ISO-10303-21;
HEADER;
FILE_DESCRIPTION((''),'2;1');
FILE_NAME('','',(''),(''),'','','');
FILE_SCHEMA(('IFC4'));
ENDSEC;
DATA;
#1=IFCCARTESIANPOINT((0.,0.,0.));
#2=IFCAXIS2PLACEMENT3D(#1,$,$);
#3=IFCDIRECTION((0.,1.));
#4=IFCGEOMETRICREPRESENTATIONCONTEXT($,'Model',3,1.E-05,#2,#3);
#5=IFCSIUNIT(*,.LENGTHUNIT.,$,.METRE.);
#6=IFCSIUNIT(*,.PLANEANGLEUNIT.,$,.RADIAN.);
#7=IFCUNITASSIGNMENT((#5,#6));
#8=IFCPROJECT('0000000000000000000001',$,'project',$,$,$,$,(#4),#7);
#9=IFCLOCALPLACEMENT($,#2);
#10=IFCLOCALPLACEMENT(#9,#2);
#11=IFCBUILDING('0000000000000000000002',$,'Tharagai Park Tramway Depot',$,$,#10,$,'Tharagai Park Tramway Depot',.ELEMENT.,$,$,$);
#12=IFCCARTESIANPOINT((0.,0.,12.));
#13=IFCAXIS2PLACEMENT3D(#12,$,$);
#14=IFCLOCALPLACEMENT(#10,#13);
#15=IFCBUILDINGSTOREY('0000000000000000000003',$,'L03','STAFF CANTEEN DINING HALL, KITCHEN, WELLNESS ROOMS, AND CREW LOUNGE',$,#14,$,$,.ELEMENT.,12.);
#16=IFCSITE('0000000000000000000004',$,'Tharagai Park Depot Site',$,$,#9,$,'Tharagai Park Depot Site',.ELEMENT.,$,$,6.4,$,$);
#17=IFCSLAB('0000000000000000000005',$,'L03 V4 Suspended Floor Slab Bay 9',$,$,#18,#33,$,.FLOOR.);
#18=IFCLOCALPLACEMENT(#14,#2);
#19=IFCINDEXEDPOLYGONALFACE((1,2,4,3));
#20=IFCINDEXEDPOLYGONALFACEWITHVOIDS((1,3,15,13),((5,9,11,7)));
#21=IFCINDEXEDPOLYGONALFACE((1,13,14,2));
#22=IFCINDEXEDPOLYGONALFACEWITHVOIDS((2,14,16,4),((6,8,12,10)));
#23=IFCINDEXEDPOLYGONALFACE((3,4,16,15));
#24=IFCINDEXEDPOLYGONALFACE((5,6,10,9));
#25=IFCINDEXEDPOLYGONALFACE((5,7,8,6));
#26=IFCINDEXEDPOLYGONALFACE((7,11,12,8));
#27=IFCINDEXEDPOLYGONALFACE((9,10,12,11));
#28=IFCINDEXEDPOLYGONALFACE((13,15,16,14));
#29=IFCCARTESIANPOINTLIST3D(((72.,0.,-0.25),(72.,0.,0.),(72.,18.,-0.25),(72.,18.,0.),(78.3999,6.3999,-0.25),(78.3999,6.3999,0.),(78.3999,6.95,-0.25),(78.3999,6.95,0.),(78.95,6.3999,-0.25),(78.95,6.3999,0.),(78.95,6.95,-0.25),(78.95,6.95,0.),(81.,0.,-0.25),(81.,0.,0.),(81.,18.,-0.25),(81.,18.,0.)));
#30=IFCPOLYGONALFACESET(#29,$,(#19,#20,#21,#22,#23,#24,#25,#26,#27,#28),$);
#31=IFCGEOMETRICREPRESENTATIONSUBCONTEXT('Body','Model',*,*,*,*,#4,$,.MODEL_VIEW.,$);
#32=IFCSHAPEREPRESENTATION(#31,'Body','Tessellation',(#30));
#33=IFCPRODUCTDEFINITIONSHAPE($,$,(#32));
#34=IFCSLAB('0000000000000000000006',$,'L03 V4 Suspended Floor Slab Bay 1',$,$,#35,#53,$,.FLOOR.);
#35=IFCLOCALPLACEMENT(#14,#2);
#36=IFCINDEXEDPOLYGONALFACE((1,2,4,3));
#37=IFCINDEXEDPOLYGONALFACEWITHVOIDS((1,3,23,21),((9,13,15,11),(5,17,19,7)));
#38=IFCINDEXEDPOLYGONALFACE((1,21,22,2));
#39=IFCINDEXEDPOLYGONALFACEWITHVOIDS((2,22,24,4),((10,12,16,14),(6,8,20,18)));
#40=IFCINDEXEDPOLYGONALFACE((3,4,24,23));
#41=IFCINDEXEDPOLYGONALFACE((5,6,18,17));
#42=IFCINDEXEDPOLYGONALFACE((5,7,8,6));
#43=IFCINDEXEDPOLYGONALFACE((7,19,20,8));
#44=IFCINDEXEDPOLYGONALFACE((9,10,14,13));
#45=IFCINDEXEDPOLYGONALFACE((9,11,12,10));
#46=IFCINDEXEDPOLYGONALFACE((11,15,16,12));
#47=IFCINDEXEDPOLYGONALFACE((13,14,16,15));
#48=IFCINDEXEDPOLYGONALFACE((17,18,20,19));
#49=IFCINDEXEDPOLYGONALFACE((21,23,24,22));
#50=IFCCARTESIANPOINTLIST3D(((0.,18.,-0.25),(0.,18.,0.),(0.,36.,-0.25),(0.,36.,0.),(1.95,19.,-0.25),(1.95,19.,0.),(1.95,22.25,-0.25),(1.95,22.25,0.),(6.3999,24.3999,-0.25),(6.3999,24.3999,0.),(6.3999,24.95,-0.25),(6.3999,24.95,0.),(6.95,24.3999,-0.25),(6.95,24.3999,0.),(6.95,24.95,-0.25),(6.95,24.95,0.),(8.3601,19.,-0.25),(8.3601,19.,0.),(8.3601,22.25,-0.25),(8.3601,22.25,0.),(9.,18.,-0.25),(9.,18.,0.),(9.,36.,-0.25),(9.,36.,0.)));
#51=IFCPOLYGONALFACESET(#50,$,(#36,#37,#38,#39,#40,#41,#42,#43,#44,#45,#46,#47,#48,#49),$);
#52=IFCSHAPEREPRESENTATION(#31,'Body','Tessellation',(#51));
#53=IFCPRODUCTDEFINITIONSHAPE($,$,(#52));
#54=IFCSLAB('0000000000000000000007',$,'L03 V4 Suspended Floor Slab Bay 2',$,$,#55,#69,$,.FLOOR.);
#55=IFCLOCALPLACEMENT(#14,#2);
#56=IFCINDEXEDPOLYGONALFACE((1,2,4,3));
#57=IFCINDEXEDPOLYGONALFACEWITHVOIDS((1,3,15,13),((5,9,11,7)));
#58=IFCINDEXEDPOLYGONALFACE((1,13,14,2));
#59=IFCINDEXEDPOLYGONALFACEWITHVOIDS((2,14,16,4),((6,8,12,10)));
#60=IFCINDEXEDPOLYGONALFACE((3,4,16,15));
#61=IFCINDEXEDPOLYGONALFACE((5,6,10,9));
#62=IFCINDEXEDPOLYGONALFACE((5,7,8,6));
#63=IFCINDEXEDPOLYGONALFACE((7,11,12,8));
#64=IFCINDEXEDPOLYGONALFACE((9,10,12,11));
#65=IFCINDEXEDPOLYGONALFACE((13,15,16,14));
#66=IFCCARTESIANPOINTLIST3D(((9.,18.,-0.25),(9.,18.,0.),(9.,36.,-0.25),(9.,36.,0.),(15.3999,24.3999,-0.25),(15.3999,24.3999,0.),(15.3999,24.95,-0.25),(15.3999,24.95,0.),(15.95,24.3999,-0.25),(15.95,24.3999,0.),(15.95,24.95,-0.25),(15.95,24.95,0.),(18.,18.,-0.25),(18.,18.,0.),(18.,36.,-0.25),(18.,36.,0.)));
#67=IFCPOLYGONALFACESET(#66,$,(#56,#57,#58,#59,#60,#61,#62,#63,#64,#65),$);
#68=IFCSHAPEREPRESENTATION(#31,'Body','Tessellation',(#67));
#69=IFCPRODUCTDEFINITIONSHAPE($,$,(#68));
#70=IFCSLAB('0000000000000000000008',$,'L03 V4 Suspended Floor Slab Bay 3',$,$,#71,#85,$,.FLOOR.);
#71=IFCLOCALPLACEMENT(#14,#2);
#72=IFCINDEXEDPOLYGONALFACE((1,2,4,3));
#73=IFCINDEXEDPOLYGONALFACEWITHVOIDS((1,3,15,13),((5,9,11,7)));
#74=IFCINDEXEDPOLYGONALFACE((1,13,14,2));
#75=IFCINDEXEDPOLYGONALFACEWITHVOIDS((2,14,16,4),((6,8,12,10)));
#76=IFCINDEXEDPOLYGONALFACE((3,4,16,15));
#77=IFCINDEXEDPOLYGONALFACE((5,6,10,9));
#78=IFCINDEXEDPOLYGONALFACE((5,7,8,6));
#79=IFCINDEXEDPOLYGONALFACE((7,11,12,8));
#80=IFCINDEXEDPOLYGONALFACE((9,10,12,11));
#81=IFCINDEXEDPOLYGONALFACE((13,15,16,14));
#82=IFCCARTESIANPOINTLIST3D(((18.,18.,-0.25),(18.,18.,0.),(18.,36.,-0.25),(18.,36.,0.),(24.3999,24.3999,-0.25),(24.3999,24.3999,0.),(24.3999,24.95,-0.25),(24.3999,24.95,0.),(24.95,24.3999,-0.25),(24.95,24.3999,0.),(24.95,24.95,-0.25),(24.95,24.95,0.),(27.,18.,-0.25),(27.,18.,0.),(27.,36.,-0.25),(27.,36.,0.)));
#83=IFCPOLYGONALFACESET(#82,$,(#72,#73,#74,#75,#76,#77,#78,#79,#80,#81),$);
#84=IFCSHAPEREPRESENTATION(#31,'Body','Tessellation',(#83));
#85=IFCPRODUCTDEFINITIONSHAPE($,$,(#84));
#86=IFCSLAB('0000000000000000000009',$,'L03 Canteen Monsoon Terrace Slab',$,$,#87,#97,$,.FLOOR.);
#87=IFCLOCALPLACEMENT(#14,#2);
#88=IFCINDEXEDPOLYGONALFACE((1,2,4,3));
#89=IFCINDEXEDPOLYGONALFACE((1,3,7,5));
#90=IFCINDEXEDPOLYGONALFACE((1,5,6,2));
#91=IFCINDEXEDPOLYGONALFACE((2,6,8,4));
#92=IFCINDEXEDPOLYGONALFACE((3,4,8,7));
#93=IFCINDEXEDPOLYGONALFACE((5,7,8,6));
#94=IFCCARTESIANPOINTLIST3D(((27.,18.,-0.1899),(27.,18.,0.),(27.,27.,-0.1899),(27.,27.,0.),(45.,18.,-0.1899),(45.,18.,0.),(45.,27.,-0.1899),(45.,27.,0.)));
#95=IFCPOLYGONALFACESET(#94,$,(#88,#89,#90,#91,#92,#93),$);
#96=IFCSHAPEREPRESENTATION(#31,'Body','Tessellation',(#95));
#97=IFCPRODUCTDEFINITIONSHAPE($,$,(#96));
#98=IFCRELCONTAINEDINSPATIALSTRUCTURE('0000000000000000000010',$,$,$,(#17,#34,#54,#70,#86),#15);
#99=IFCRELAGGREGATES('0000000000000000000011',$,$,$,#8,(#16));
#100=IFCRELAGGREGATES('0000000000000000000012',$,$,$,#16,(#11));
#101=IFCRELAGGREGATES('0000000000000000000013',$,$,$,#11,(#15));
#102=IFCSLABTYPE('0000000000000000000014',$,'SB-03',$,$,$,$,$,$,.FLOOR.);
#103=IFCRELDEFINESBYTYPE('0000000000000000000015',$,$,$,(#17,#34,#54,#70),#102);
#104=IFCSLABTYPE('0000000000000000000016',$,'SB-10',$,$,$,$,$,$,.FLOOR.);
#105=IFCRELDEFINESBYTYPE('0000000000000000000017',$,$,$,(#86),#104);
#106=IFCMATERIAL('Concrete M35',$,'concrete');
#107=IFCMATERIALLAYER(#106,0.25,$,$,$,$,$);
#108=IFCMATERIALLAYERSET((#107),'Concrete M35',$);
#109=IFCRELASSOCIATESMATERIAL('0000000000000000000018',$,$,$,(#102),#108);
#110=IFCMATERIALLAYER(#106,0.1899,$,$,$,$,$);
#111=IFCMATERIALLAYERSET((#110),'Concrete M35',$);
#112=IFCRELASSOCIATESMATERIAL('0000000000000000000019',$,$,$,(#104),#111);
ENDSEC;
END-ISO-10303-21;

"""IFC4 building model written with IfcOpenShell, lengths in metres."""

from ifc_helpers import new_model, si_unit, direction, frame, origin, place, context, subcontext, project, spatial, polyline, outline, extrude, material, layer, layer_set, type_object, element, save


model = new_model("IFC4")

# Units and contexts
model_context = context("Model", 3, precision=1e-05, world=origin(), true_north=direction((0.0, 1.0)))
body_context = subcontext(model_context, "Body", "Model", "MODEL_VIEW")
ifc_project = project(units=[si_unit("LENGTHUNIT", "METRE"), si_unit("PLANEANGLEUNIT", "RADIAN")], contexts=[model_context])

# Site, building, storey
site_placement = place(None, origin())
site = spatial("IfcSite", under=ifc_project, at=site_placement, Name="Tharagai Park Depot Site", LongName="Tharagai Park Depot Site", CompositionType="ELEMENT", RefElevation=6.4)
building_placement = place(site_placement, origin())
building = spatial("IfcBuilding", under=site, at=building_placement, Name="Tharagai Park Tramway Depot", LongName="Tharagai Park Tramway Depot", CompositionType="ELEMENT")
storey_placement = place(building_placement, frame((0.0, 0.0, 12.0)))
storey = spatial("IfcBuildingStorey", under=building, at=storey_placement, Name="L03", Description="STAFF CANTEEN DINING HALL, KITCHEN, WELLNESS ROOMS, AND CREW LOUNGE", CompositionType="ELEMENT", Elevation=12.0)

# Slabs
ifc_material_1 = material(Name="Concrete M35", Category="concrete")
ifc_layer_1 = layer(ifc_material_1, 0.25)
ifc_layer_set_1 = layer_set([ifc_layer_1], Name="Concrete M35")
slab_type_1 = type_object("IfcSlabType", Name="SB-03", PredefinedType="FLOOR", material=ifc_layer_set_1)
slab_1_placement = place(storey_placement, frame((0.0, 0.0, -0.25)))
element("IfcSlab", 1, at=slab_1_placement, inside=storey, type_object=slab_type_1, Name="L03 V4 Suspended Floor Slab Bay 9", PredefinedType="FLOOR", context=body_context, shape_type="SweptSolid", body=[
    extrude(outline(polyline([(72.0, 0.0), (81.0, 0.0), (81.0, 18.0), (72.0, 18.0), (72.0, 0.0)]), holes=[polyline([(78.3999, 6.3999), (78.95, 6.3999), (78.95, 6.95), (78.3999, 6.95), (78.3999, 6.3999)])]), origin(), (0.0, 0.0, 1.0), 0.25),
])
slab_2_placement = place(storey_placement, frame((0.0, 0.0, -0.25)))
element("IfcSlab", 2, at=slab_2_placement, inside=storey, type_object=slab_type_1, Name="L03 V4 Suspended Floor Slab Bay 1", PredefinedType="FLOOR", context=body_context, shape_type="SweptSolid", body=[
    extrude(outline(polyline([(0.0, 18.0), (9.0, 18.0), (9.0, 36.0), (0.0, 36.0), (0.0, 18.0)]), holes=[polyline([(1.95, 19.0), (8.3601, 19.0), (8.3601, 22.25), (1.95, 22.25), (1.95, 19.0)]), polyline([(6.3999, 24.3999), (6.95, 24.3999), (6.95, 24.95), (6.3999, 24.95), (6.3999, 24.3999)])]), origin(), (0.0, 0.0, 1.0), 0.25),
])
slab_3_placement = place(storey_placement, frame((0.0, 0.0, -0.25)))
element("IfcSlab", 3, at=slab_3_placement, inside=storey, type_object=slab_type_1, Name="L03 V4 Suspended Floor Slab Bay 2", PredefinedType="FLOOR", context=body_context, shape_type="SweptSolid", body=[
    extrude(outline(polyline([(9.0, 18.0), (18.0, 18.0), (18.0, 36.0), (9.0, 36.0), (9.0, 18.0)]), holes=[polyline([(15.3999, 24.3999), (15.95, 24.3999), (15.95, 24.95), (15.3999, 24.95), (15.3999, 24.3999)])]), origin(), (0.0, 0.0, 1.0), 0.25),
])
slab_4_placement = place(storey_placement, frame((0.0, 0.0, -0.25)))
element("IfcSlab", 4, at=slab_4_placement, inside=storey, type_object=slab_type_1, Name="L03 V4 Suspended Floor Slab Bay 3", PredefinedType="FLOOR", context=body_context, shape_type="SweptSolid", body=[
    extrude(outline(polyline([(18.0, 18.0), (27.0, 18.0), (27.0, 36.0), (18.0, 36.0), (18.0, 18.0)]), holes=[polyline([(24.3999, 24.3999), (24.95, 24.3999), (24.95, 24.95), (24.3999, 24.95), (24.3999, 24.3999)])]), origin(), (0.0, 0.0, 1.0), 0.25),
])
ifc_layer_2 = layer(ifc_material_1, 0.1899)
ifc_layer_set_2 = layer_set([ifc_layer_2], Name="Concrete M35")
slab_type_2 = type_object("IfcSlabType", Name="SB-10", PredefinedType="FLOOR", material=ifc_layer_set_2)
slab_5_placement = place(storey_placement, frame((0.0, 0.0, -0.1899)))
element("IfcSlab", 5, at=slab_5_placement, inside=storey, type_object=slab_type_2, Name="L03 Canteen Monsoon Terrace Slab", PredefinedType="FLOOR", context=body_context, shape_type="SweptSolid", body=[
    extrude(outline(polyline([(27.0, 18.0), (45.0, 18.0), (45.0, 27.0), (27.0, 27.0), (27.0, 18.0)])), origin(), (0.0, 0.0, 1.0), 0.1899),
])

save(model, "model.ifc")
